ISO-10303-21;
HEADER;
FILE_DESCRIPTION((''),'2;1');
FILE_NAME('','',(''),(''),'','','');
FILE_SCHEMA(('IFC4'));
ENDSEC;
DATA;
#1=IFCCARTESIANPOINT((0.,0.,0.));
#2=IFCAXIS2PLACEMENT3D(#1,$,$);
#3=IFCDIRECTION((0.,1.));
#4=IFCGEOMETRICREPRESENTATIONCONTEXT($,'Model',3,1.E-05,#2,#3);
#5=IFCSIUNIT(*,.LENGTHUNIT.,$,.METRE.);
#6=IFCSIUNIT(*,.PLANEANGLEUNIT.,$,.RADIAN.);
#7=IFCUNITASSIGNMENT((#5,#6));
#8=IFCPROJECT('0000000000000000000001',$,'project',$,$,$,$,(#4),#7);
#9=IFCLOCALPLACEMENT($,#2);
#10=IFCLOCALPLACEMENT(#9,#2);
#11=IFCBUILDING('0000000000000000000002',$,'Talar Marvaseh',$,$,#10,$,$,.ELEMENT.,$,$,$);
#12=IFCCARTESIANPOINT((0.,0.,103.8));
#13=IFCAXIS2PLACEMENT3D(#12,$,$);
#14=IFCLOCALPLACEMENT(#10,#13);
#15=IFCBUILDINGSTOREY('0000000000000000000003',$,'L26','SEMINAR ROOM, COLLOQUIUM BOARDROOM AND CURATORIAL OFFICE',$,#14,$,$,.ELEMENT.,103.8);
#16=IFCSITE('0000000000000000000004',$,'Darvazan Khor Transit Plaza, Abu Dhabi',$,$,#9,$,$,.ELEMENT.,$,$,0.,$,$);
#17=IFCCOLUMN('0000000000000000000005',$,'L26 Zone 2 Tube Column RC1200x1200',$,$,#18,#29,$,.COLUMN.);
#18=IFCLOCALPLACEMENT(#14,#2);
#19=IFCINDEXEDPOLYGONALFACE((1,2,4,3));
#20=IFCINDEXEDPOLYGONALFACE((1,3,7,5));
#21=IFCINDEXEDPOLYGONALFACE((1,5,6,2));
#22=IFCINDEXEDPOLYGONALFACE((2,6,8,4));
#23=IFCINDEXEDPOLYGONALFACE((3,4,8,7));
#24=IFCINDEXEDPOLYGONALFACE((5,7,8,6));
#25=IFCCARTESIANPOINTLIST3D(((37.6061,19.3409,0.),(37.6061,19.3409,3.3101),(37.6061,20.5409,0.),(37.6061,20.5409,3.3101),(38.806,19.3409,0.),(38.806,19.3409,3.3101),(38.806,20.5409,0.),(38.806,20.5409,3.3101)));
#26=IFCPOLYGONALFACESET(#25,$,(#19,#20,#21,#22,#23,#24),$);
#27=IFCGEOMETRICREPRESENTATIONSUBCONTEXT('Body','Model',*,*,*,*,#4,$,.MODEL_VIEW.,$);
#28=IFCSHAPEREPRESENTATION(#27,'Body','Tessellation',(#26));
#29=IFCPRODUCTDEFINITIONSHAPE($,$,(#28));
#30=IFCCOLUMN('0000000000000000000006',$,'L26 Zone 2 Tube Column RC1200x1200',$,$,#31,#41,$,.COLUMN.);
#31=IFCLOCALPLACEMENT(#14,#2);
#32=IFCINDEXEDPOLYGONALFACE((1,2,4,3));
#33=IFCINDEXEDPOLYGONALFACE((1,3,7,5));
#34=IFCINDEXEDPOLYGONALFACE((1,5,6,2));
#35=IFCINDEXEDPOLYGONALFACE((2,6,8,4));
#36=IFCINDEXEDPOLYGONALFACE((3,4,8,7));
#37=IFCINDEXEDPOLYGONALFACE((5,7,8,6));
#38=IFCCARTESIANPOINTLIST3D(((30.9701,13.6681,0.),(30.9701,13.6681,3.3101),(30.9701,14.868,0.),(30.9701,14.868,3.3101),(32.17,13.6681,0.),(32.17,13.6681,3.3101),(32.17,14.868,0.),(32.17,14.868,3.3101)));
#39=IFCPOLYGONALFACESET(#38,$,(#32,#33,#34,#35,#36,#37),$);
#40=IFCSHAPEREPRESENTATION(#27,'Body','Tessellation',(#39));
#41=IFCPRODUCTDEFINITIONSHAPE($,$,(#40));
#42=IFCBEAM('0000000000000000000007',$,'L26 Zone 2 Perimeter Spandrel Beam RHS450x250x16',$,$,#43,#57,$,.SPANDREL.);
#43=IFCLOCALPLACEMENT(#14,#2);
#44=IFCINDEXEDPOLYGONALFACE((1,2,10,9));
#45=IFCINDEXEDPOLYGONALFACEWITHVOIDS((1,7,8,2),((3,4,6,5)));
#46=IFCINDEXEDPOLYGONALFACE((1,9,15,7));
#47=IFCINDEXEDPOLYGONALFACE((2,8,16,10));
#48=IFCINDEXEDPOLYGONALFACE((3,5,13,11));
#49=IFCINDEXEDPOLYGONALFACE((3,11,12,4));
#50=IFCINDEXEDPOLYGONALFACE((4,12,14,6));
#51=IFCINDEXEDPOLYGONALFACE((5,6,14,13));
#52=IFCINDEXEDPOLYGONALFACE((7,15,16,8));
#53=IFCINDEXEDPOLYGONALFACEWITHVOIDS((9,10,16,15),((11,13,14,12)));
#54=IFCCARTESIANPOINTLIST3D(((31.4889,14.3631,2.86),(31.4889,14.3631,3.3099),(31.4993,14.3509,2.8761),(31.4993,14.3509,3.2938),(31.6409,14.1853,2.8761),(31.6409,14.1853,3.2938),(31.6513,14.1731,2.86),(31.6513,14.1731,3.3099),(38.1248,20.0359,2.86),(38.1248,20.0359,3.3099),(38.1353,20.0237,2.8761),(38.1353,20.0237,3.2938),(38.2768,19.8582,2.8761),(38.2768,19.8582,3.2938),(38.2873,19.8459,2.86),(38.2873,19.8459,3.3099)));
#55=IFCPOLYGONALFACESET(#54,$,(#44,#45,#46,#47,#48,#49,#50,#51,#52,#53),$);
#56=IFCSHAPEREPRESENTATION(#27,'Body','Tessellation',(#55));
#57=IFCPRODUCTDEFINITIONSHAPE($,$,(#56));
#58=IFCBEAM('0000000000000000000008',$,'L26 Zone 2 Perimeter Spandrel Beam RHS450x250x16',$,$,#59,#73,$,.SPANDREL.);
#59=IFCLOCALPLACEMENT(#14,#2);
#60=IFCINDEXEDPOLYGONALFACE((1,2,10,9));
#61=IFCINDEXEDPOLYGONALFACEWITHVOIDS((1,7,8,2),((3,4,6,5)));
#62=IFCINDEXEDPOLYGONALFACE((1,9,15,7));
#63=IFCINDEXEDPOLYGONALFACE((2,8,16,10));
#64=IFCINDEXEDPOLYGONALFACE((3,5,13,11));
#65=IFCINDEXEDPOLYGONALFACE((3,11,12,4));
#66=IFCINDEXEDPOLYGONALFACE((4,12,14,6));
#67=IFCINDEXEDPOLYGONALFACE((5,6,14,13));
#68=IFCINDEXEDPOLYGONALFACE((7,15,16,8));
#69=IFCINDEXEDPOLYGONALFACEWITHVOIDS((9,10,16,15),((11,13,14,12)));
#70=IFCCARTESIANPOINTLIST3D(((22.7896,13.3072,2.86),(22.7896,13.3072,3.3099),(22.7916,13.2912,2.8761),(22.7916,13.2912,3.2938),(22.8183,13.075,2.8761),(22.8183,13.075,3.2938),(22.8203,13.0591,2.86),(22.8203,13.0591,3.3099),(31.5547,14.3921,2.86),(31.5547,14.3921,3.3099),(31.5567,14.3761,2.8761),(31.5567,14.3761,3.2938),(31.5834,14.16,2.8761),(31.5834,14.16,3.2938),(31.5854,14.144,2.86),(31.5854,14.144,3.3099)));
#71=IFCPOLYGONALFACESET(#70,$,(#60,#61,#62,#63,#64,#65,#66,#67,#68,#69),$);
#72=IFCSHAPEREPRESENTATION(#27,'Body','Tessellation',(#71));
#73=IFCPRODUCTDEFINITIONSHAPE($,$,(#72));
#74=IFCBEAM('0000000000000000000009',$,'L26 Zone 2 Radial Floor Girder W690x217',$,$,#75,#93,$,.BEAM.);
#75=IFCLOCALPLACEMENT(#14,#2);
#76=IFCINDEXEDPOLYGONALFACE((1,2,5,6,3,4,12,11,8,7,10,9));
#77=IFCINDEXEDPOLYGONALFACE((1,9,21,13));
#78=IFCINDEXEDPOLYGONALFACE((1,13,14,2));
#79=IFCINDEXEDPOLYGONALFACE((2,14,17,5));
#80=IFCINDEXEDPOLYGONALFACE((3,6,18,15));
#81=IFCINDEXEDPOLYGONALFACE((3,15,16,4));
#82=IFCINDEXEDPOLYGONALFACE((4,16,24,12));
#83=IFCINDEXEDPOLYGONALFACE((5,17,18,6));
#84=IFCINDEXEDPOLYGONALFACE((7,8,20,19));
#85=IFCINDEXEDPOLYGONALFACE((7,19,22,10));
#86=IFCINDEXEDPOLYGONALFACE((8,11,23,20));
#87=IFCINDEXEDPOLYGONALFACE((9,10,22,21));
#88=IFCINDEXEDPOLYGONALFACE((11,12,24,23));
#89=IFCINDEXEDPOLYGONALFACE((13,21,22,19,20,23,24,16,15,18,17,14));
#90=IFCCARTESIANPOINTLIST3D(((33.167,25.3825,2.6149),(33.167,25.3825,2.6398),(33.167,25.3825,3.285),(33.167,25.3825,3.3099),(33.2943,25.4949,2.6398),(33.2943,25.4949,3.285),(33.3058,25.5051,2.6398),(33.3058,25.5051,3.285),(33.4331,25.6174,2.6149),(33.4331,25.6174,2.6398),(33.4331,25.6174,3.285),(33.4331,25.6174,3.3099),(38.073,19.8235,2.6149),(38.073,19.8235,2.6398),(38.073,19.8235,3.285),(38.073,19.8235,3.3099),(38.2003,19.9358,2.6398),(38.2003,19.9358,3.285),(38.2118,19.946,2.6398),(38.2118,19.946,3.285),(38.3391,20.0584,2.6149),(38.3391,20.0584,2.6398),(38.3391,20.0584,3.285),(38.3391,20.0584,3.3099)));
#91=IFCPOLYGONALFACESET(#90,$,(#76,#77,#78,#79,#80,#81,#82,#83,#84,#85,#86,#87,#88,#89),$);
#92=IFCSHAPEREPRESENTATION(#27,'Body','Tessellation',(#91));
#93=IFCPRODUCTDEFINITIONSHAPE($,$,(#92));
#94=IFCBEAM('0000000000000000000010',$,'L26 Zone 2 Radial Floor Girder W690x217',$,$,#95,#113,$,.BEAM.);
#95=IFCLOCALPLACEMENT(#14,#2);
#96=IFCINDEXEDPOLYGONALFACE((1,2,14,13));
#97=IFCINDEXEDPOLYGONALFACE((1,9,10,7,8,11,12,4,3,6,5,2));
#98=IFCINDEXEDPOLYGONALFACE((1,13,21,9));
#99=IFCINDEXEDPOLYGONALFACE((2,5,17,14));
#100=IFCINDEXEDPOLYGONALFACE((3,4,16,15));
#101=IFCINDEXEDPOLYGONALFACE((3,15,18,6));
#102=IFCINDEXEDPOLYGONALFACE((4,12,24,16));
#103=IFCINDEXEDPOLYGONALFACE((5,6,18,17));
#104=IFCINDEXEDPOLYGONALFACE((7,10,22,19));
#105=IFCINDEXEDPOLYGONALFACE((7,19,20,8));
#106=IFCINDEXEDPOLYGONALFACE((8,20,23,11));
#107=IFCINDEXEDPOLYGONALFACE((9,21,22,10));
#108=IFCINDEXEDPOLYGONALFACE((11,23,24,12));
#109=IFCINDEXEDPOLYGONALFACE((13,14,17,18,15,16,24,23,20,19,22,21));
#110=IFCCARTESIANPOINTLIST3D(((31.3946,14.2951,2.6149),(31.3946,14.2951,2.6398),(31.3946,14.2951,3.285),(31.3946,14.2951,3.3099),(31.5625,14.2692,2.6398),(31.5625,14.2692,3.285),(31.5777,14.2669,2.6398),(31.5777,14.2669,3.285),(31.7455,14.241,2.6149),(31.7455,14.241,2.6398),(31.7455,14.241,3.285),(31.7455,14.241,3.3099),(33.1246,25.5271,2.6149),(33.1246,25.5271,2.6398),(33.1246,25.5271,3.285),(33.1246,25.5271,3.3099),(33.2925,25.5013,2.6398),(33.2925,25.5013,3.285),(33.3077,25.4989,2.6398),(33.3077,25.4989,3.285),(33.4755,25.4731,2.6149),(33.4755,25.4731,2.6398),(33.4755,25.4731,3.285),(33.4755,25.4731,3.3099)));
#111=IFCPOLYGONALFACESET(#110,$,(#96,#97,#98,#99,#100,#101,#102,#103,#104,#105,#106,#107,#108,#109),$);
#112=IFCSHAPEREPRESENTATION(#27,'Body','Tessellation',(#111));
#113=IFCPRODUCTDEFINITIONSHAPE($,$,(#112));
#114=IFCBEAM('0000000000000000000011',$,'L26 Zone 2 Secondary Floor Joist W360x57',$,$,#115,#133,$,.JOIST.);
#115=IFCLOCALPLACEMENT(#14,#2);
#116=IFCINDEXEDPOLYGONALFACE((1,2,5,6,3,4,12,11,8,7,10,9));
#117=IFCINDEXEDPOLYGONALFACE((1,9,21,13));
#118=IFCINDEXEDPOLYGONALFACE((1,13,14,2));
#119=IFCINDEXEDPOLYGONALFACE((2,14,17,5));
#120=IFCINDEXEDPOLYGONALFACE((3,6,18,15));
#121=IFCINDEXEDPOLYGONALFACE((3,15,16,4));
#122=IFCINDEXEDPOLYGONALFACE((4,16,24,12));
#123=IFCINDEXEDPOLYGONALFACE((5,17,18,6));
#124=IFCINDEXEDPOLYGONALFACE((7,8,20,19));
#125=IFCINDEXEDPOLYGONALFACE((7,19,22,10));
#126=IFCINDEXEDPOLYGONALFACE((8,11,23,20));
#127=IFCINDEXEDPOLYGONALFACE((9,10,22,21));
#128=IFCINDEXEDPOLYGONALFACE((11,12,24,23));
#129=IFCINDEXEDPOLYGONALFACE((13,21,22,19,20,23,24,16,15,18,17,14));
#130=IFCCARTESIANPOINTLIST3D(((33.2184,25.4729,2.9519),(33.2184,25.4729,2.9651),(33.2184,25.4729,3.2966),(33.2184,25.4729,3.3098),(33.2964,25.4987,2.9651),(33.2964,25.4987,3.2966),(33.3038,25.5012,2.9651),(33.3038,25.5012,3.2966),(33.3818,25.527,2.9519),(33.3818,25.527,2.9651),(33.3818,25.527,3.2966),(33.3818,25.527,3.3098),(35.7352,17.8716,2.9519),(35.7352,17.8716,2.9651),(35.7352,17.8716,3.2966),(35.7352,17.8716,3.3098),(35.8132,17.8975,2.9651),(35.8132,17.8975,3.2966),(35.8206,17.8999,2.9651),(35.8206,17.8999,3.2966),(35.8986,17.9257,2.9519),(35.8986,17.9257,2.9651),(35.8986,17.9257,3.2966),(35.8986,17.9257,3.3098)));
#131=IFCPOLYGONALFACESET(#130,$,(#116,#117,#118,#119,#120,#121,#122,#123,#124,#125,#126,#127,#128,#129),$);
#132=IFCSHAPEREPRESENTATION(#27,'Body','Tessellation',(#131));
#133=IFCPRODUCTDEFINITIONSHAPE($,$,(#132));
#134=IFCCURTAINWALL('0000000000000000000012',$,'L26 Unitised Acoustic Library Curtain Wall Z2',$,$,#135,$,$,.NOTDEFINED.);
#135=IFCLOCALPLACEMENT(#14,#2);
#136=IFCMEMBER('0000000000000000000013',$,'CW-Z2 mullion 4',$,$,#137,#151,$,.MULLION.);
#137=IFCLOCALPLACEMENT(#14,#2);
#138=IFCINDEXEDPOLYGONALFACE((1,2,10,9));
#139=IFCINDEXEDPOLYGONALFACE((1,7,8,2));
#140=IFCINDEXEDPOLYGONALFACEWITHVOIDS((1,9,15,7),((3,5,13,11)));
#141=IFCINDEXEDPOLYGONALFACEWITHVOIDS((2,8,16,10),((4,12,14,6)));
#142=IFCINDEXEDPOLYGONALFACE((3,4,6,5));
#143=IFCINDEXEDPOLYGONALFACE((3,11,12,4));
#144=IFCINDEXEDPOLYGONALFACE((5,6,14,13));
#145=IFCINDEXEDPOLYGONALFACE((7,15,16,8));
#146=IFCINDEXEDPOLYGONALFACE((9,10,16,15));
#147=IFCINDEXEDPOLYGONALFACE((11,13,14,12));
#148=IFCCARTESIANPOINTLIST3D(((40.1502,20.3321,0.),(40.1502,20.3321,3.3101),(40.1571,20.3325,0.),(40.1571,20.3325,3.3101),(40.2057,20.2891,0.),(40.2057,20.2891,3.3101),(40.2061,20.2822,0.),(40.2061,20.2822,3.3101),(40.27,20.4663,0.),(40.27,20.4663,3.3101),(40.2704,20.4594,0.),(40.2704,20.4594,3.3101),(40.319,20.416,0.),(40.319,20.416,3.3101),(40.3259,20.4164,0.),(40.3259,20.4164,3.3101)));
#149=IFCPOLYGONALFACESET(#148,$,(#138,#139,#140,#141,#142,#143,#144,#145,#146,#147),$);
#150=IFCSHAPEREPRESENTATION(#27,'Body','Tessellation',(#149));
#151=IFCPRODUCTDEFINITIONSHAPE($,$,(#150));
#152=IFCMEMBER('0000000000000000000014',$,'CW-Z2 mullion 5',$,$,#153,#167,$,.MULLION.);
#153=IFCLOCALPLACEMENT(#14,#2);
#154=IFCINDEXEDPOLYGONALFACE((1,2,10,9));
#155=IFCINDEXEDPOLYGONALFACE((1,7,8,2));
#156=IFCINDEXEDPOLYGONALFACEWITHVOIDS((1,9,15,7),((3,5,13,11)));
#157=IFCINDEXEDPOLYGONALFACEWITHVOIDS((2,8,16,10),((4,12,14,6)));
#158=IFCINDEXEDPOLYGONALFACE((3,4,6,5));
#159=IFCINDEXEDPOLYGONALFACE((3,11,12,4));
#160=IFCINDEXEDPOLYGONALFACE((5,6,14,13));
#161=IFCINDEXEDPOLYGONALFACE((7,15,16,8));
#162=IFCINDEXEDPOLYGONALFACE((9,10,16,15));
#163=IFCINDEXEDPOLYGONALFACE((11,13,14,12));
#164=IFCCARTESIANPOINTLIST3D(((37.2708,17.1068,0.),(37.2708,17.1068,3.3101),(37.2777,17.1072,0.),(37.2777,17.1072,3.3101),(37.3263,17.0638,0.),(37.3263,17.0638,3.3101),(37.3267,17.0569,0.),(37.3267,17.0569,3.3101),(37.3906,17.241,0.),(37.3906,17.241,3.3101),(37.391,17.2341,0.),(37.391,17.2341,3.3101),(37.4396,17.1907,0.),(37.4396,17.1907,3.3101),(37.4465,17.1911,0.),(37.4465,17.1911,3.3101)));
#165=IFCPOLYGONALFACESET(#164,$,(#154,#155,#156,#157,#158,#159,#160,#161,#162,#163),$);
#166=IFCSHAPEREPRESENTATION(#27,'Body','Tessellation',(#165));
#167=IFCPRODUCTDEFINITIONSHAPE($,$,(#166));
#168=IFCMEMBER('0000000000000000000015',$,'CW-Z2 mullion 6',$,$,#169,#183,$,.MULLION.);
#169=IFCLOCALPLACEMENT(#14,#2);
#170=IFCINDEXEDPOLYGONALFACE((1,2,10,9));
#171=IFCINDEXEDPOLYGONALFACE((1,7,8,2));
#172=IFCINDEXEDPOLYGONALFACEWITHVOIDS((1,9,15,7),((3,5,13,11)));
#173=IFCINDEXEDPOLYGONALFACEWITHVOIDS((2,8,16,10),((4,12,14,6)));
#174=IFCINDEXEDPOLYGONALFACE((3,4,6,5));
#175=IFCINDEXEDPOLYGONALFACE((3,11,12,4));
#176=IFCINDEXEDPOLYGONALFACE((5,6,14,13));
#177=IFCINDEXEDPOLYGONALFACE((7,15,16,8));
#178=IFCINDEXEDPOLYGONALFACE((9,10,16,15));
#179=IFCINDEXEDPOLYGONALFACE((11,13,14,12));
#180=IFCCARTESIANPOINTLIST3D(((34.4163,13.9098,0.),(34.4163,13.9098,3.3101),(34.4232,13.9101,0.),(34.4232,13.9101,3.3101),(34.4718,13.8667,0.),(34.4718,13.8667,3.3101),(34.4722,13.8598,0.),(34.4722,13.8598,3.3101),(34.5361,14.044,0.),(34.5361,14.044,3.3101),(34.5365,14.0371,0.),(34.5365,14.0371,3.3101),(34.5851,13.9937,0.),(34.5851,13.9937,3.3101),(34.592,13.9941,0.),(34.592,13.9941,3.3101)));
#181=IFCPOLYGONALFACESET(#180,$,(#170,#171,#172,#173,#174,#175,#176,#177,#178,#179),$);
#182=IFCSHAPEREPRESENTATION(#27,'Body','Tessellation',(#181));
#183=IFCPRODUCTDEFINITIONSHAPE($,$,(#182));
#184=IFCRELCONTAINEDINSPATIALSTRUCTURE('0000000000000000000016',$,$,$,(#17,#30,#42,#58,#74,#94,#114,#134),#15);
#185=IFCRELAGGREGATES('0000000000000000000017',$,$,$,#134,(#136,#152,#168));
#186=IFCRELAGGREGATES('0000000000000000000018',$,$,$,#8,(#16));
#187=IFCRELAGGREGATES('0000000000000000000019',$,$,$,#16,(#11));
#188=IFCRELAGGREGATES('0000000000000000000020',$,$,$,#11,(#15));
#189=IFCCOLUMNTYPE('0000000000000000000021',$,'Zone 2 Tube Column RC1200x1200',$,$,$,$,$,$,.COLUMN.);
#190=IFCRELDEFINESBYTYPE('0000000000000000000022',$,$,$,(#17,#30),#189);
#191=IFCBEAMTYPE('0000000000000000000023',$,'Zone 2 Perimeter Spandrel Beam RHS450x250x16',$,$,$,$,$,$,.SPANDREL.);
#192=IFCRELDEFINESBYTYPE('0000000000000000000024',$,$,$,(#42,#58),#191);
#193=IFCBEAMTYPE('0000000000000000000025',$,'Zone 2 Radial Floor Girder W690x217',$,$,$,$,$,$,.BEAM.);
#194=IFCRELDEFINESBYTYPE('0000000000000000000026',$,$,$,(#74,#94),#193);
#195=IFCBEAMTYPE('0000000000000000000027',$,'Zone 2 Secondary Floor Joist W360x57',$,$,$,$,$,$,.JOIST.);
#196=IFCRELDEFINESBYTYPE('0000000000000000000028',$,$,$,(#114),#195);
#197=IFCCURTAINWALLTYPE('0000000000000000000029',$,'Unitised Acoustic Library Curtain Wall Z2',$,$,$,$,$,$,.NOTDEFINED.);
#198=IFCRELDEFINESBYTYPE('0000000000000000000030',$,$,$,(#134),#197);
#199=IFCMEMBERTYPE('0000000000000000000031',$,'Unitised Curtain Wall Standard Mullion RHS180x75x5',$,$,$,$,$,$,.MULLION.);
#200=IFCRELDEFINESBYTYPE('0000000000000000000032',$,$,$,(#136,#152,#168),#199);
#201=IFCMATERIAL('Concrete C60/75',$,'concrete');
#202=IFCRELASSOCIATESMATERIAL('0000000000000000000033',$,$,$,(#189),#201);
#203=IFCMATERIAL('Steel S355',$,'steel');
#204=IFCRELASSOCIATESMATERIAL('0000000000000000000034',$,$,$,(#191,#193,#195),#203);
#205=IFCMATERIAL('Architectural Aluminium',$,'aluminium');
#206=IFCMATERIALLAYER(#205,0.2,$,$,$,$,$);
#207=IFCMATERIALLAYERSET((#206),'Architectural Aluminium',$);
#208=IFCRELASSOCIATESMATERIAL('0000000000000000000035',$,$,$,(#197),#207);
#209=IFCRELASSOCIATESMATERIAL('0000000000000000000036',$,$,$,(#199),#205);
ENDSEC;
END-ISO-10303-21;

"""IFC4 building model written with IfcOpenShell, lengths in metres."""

from ifc_helpers import new_model, si_unit, direction, frame, origin, origin_2d, place, context, subcontext, project, spatial, rectangle, hollow_rectangle, i_section, extrude, source, transform, mapped, material, layer, layer_set, material_profile, profile_set, type_object, type_shapes, element, aggregate, save


model = new_model("IFC4")

# Units and contexts
model_context = context("Model", 3, precision=1e-05, world=origin(), true_north=direction((0.0, 1.0)))
body_context = subcontext(model_context, "Body", "Model", "MODEL_VIEW")
ifc_project = project(units=[si_unit("LENGTHUNIT", "METRE"), si_unit("PLANEANGLEUNIT", "RADIAN")], contexts=[model_context])

# Site, building, storey
site_placement = place(None, origin())
site = spatial("IfcSite", under=ifc_project, at=site_placement, Name="Darvazan Khor Transit Plaza, Abu Dhabi", CompositionType="ELEMENT", RefElevation=0.0)
building_placement = place(site_placement, origin())
building = spatial("IfcBuilding", under=site, at=building_placement, Name="Talar Marvaseh", CompositionType="ELEMENT")
storey_placement = place(building_placement, frame((0.0, 0.0, 103.8)))
storey = spatial("IfcBuildingStorey", under=building, at=storey_placement, Name="L26", Description="SEMINAR ROOM, COLLOQUIUM BOARDROOM AND CURATORIAL OFFICE", CompositionType="ELEMENT", Elevation=103.8)

# Columns
ifc_material_1 = material(Name="Concrete C60/75", Category="concrete")
ifc_material_profile_1 = material_profile(ifc_material_1, rectangle(XDim=1.2, YDim=1.2, at=origin_2d()), Name="RC1200x1200")
ifc_profile_set_1 = profile_set([ifc_material_profile_1], Name="Concrete C60/75")
column_type = type_object("IfcColumnType", Name="Zone 2 Tube Column RC1200x1200", PredefinedType="COLUMN", material=ifc_profile_set_1)
for number, where, z_axis, x_axis, name in (
    (1, (38.2061, 19.9409, 0.0), (0.0, 0.0, 1.0), (1.0, 0.0, 0.0), "L26 Zone 2 Tube Column RC1200x1200"),
    (2, (31.5701, 14.2681, 0.0), (0.0, 0.0, 1.0), (1.0, 0.0, 0.0), "L26 Zone 2 Tube Column RC1200x1200"),
):
    element("IfcColumn", number, at=place(storey_placement, frame(where, z_axis=z_axis, x_axis=x_axis)), inside=storey, type_object=column_type, Name=name, PredefinedType="COLUMN", context=body_context, shape_type="SweptSolid", body=[
        extrude(rectangle(XDim=1.2, YDim=1.2, at=origin_2d()), origin(), (0.0, 0.0, 1.0), 3.3101),
    ])

# Beams
ifc_material_2 = material(Name="Steel S355", Category="steel")
ifc_material_profile_2 = material_profile(ifc_material_2, hollow_rectangle(XDim=0.25, YDim=0.45, WallThickness=0.0161, at=origin_2d()), Name="RHS450x250x16")
ifc_profile_set_2 = profile_set([ifc_material_profile_2], Name="Steel S355")
beam_type_1 = type_object("IfcBeamType", Name="Zone 2 Perimeter Spandrel Beam RHS450x250x16", PredefinedType="SPANDREL", material=ifc_profile_set_2)
beam_1_placement = place(storey_placement, frame((38.2061, 19.9409, 3.085), z_axis=(-0.760113, -0.649791, 0.0), x_axis=(0.649791, -0.760113, 0.0)))
element("IfcBeam", 3, at=beam_1_placement, inside=storey, type_object=beam_type_1, Name="L26 Zone 2 Perimeter Spandrel Beam RHS450x250x16", PredefinedType="SPANDREL", context=body_context, shape_type="SweptSolid", body=[
    extrude(hollow_rectangle(XDim=0.25, YDim=0.45, WallThickness=0.0161, at=origin_2d()), origin(), (0.0, 0.0, 1.0), 8.7302),
])
beam_2_placement = place(storey_placement, frame((31.5701, 14.2681, 3.085), z_axis=(-0.992426, -0.122844, 0.0), x_axis=(0.122844, -0.992426, 0.0)))
element("IfcBeam", 4, at=beam_2_placement, inside=storey, type_object=beam_type_1, Name="L26 Zone 2 Perimeter Spandrel Beam RHS450x250x16", PredefinedType="SPANDREL", context=body_context, shape_type="SweptSolid", body=[
    extrude(hollow_rectangle(XDim=0.25, YDim=0.45, WallThickness=0.0161, at=origin_2d()), origin(), (0.0, 0.0, 1.0), 8.832),
])
ifc_material_profile_3 = material_profile(ifc_material_2, i_section(OverallWidth=0.355, OverallDepth=0.6951, WebThickness=0.0154, FlangeThickness=0.0249, at=origin_2d()), Name="W690x217")
ifc_profile_set_3 = profile_set([ifc_material_profile_3], Name="Steel S355")
beam_type_2 = type_object("IfcBeamType", Name="Zone 2 Radial Floor Girder W690x217", PredefinedType="BEAM", material=ifc_profile_set_3)
beam_3_placement = place(storey_placement, frame((38.2061, 19.9409, 2.9624), z_axis=(-0.661692, 0.749775, 0.0), x_axis=(-0.749775, -0.661692, 0.0)))
element("IfcBeam", 5, at=beam_3_placement, inside=storey, type_object=beam_type_2, Name="L26 Zone 2 Radial Floor Girder W690x217", PredefinedType="BEAM", context=body_context, shape_type="SweptSolid", body=[
    extrude(i_section(OverallWidth=0.355, OverallDepth=0.6951, WebThickness=0.0154, FlangeThickness=0.0249, at=origin_2d()), origin(), (0.0, 0.0, 1.0), 7.4143),
])
beam_4_placement = place(storey_placement, frame((31.5701, 14.2681, 2.9624), z_axis=(0.152228, 0.988345, 0.0), x_axis=(-0.988345, 0.152228, 0.0)))
element("IfcBeam", 6, at=beam_4_placement, inside=storey, type_object=beam_type_2, Name="L26 Zone 2 Radial Floor Girder W690x217", PredefinedType="BEAM", context=body_context, shape_type="SweptSolid", body=[
    extrude(i_section(OverallWidth=0.355, OverallDepth=0.6951, WebThickness=0.0154, FlangeThickness=0.0249, at=origin_2d()), origin(), (0.0, 0.0, 1.0), 11.3645),
])
ifc_material_profile_4 = material_profile(ifc_material_2, i_section(OverallWidth=0.1721, OverallDepth=0.3579, WebThickness=0.0078, FlangeThickness=0.0132, at=origin_2d()), Name="W360x57")
ifc_profile_set_4 = profile_set([ifc_material_profile_4], Name="Steel S355")
beam_type_3 = type_object("IfcBeamType", Name="Zone 2 Secondary Floor Joist W360x57", PredefinedType="JOIST", material=ifc_profile_set_4)
beam_5_placement = place(storey_placement, frame((35.8169, 17.8987, 3.1309), z_axis=(-0.314325, 0.949316, 0.0), x_axis=(-0.949316, -0.314325, 0.0)))
element("IfcBeam", 7, at=beam_5_placement, inside=storey, type_object=beam_type_3, Name="L26 Zone 2 Secondary Floor Joist W360x57", PredefinedType="JOIST", context=body_context, shape_type="SweptSolid", body=[
    extrude(i_section(OverallWidth=0.1721, OverallDepth=0.3579, WebThickness=0.0078, FlangeThickness=0.0132, at=origin_2d()), origin(), (0.0, 0.0, 1.0), 8.0071),
])

# Curtain wall, members
ifc_material_3 = material(Name="Architectural Aluminium", Category="aluminium")
ifc_layer_1 = layer(ifc_material_3, 0.2)
ifc_layer_set_1 = layer_set([ifc_layer_1], Name="Architectural Aluminium")
curtain_wall_type = type_object("IfcCurtainWallType", Name="Unitised Acoustic Library Curtain Wall Z2", PredefinedType="NOTDEFINED", material=ifc_layer_set_1)
curtain_wall_1_placement = place(storey_placement, origin())
curtain_wall_1 = element("IfcCurtainWall", 8, at=curtain_wall_1_placement, inside=storey, type_object=curtain_wall_type, Name="L26 Unitised Acoustic Library Curtain Wall Z2", PredefinedType="NOTDEFINED")
ifc_material_profile_5 = material_profile(ifc_material_3, hollow_rectangle(XDim=0.075, YDim=0.1799, WallThickness=0.0049, at=origin_2d()), Name="RHS180x75x5")
ifc_profile_set_5 = profile_set([ifc_material_profile_5], Name="Architectural Aluminium")
member_type_1 = type_object("IfcMemberType", Name="Unitised Curtain Wall Standard Mullion RHS180x75x5", PredefinedType="MULLION", material=ifc_profile_set_5)
shared_shape_1 = source(origin(), body_context, "Body", "SweptSolid", [
    extrude(hollow_rectangle(XDim=0.075, YDim=0.1799, WallThickness=0.0049, at=origin_2d()), origin(), (0.0, 0.0, 1.0), 3.3101),
])
type_shapes(member_type_1, [shared_shape_1])
member_1_placement = place(storey_placement, frame((40.238, 20.3743, 0.0), z_axis=(0.0, 0.0, 1.0), x_axis=(0.745953, -0.665999, 0.0)))
member_1 = element("IfcMember", 9, at=member_1_placement, type_object=member_type_1, Name="CW-Z2 mullion 4", PredefinedType="MULLION", context=body_context, shape_type="MappedRepresentation", body=[
    mapped(shared_shape_1, transform((0.0, 0.0, 0.0), x_axis=(1.0, 0.0, 0.0), y_axis=(0.0, 1.0, 0.0), z_axis=(0.0, 0.0, 1.0), scale=1.0)),
])
member_2_placement = place(storey_placement, frame((37.3586, 17.1489, 0.0), z_axis=(0.0, 0.0, 1.0), x_axis=(0.745953, -0.665999, 0.0)))
member_2 = element("IfcMember", 10, at=member_2_placement, type_object=member_type_1, Name="CW-Z2 mullion 5", PredefinedType="MULLION", context=body_context, shape_type="MappedRepresentation", body=[
    mapped(shared_shape_1, transform((0.0, 0.0, 0.0), x_axis=(1.0, 0.0, 0.0), y_axis=(0.0, 1.0, 0.0), z_axis=(0.0, 0.0, 1.0), scale=1.0)),
])
member_3_placement = place(storey_placement, frame((34.5042, 13.9519, 0.0), z_axis=(0.0, 0.0, 1.0), x_axis=(0.745953, -0.665999, 0.0)))
member_3 = element("IfcMember", 11, at=member_3_placement, type_object=member_type_1, Name="CW-Z2 mullion 6", PredefinedType="MULLION", context=body_context, shape_type="MappedRepresentation", body=[
    mapped(shared_shape_1, transform((0.0, 0.0, 0.0), x_axis=(1.0, 0.0, 0.0), y_axis=(0.0, 1.0, 0.0), z_axis=(0.0, 0.0, 1.0), scale=1.0)),
])

aggregate(curtain_wall_1, [member_1, member_2, member_3])

save(model, "model.ifc")
